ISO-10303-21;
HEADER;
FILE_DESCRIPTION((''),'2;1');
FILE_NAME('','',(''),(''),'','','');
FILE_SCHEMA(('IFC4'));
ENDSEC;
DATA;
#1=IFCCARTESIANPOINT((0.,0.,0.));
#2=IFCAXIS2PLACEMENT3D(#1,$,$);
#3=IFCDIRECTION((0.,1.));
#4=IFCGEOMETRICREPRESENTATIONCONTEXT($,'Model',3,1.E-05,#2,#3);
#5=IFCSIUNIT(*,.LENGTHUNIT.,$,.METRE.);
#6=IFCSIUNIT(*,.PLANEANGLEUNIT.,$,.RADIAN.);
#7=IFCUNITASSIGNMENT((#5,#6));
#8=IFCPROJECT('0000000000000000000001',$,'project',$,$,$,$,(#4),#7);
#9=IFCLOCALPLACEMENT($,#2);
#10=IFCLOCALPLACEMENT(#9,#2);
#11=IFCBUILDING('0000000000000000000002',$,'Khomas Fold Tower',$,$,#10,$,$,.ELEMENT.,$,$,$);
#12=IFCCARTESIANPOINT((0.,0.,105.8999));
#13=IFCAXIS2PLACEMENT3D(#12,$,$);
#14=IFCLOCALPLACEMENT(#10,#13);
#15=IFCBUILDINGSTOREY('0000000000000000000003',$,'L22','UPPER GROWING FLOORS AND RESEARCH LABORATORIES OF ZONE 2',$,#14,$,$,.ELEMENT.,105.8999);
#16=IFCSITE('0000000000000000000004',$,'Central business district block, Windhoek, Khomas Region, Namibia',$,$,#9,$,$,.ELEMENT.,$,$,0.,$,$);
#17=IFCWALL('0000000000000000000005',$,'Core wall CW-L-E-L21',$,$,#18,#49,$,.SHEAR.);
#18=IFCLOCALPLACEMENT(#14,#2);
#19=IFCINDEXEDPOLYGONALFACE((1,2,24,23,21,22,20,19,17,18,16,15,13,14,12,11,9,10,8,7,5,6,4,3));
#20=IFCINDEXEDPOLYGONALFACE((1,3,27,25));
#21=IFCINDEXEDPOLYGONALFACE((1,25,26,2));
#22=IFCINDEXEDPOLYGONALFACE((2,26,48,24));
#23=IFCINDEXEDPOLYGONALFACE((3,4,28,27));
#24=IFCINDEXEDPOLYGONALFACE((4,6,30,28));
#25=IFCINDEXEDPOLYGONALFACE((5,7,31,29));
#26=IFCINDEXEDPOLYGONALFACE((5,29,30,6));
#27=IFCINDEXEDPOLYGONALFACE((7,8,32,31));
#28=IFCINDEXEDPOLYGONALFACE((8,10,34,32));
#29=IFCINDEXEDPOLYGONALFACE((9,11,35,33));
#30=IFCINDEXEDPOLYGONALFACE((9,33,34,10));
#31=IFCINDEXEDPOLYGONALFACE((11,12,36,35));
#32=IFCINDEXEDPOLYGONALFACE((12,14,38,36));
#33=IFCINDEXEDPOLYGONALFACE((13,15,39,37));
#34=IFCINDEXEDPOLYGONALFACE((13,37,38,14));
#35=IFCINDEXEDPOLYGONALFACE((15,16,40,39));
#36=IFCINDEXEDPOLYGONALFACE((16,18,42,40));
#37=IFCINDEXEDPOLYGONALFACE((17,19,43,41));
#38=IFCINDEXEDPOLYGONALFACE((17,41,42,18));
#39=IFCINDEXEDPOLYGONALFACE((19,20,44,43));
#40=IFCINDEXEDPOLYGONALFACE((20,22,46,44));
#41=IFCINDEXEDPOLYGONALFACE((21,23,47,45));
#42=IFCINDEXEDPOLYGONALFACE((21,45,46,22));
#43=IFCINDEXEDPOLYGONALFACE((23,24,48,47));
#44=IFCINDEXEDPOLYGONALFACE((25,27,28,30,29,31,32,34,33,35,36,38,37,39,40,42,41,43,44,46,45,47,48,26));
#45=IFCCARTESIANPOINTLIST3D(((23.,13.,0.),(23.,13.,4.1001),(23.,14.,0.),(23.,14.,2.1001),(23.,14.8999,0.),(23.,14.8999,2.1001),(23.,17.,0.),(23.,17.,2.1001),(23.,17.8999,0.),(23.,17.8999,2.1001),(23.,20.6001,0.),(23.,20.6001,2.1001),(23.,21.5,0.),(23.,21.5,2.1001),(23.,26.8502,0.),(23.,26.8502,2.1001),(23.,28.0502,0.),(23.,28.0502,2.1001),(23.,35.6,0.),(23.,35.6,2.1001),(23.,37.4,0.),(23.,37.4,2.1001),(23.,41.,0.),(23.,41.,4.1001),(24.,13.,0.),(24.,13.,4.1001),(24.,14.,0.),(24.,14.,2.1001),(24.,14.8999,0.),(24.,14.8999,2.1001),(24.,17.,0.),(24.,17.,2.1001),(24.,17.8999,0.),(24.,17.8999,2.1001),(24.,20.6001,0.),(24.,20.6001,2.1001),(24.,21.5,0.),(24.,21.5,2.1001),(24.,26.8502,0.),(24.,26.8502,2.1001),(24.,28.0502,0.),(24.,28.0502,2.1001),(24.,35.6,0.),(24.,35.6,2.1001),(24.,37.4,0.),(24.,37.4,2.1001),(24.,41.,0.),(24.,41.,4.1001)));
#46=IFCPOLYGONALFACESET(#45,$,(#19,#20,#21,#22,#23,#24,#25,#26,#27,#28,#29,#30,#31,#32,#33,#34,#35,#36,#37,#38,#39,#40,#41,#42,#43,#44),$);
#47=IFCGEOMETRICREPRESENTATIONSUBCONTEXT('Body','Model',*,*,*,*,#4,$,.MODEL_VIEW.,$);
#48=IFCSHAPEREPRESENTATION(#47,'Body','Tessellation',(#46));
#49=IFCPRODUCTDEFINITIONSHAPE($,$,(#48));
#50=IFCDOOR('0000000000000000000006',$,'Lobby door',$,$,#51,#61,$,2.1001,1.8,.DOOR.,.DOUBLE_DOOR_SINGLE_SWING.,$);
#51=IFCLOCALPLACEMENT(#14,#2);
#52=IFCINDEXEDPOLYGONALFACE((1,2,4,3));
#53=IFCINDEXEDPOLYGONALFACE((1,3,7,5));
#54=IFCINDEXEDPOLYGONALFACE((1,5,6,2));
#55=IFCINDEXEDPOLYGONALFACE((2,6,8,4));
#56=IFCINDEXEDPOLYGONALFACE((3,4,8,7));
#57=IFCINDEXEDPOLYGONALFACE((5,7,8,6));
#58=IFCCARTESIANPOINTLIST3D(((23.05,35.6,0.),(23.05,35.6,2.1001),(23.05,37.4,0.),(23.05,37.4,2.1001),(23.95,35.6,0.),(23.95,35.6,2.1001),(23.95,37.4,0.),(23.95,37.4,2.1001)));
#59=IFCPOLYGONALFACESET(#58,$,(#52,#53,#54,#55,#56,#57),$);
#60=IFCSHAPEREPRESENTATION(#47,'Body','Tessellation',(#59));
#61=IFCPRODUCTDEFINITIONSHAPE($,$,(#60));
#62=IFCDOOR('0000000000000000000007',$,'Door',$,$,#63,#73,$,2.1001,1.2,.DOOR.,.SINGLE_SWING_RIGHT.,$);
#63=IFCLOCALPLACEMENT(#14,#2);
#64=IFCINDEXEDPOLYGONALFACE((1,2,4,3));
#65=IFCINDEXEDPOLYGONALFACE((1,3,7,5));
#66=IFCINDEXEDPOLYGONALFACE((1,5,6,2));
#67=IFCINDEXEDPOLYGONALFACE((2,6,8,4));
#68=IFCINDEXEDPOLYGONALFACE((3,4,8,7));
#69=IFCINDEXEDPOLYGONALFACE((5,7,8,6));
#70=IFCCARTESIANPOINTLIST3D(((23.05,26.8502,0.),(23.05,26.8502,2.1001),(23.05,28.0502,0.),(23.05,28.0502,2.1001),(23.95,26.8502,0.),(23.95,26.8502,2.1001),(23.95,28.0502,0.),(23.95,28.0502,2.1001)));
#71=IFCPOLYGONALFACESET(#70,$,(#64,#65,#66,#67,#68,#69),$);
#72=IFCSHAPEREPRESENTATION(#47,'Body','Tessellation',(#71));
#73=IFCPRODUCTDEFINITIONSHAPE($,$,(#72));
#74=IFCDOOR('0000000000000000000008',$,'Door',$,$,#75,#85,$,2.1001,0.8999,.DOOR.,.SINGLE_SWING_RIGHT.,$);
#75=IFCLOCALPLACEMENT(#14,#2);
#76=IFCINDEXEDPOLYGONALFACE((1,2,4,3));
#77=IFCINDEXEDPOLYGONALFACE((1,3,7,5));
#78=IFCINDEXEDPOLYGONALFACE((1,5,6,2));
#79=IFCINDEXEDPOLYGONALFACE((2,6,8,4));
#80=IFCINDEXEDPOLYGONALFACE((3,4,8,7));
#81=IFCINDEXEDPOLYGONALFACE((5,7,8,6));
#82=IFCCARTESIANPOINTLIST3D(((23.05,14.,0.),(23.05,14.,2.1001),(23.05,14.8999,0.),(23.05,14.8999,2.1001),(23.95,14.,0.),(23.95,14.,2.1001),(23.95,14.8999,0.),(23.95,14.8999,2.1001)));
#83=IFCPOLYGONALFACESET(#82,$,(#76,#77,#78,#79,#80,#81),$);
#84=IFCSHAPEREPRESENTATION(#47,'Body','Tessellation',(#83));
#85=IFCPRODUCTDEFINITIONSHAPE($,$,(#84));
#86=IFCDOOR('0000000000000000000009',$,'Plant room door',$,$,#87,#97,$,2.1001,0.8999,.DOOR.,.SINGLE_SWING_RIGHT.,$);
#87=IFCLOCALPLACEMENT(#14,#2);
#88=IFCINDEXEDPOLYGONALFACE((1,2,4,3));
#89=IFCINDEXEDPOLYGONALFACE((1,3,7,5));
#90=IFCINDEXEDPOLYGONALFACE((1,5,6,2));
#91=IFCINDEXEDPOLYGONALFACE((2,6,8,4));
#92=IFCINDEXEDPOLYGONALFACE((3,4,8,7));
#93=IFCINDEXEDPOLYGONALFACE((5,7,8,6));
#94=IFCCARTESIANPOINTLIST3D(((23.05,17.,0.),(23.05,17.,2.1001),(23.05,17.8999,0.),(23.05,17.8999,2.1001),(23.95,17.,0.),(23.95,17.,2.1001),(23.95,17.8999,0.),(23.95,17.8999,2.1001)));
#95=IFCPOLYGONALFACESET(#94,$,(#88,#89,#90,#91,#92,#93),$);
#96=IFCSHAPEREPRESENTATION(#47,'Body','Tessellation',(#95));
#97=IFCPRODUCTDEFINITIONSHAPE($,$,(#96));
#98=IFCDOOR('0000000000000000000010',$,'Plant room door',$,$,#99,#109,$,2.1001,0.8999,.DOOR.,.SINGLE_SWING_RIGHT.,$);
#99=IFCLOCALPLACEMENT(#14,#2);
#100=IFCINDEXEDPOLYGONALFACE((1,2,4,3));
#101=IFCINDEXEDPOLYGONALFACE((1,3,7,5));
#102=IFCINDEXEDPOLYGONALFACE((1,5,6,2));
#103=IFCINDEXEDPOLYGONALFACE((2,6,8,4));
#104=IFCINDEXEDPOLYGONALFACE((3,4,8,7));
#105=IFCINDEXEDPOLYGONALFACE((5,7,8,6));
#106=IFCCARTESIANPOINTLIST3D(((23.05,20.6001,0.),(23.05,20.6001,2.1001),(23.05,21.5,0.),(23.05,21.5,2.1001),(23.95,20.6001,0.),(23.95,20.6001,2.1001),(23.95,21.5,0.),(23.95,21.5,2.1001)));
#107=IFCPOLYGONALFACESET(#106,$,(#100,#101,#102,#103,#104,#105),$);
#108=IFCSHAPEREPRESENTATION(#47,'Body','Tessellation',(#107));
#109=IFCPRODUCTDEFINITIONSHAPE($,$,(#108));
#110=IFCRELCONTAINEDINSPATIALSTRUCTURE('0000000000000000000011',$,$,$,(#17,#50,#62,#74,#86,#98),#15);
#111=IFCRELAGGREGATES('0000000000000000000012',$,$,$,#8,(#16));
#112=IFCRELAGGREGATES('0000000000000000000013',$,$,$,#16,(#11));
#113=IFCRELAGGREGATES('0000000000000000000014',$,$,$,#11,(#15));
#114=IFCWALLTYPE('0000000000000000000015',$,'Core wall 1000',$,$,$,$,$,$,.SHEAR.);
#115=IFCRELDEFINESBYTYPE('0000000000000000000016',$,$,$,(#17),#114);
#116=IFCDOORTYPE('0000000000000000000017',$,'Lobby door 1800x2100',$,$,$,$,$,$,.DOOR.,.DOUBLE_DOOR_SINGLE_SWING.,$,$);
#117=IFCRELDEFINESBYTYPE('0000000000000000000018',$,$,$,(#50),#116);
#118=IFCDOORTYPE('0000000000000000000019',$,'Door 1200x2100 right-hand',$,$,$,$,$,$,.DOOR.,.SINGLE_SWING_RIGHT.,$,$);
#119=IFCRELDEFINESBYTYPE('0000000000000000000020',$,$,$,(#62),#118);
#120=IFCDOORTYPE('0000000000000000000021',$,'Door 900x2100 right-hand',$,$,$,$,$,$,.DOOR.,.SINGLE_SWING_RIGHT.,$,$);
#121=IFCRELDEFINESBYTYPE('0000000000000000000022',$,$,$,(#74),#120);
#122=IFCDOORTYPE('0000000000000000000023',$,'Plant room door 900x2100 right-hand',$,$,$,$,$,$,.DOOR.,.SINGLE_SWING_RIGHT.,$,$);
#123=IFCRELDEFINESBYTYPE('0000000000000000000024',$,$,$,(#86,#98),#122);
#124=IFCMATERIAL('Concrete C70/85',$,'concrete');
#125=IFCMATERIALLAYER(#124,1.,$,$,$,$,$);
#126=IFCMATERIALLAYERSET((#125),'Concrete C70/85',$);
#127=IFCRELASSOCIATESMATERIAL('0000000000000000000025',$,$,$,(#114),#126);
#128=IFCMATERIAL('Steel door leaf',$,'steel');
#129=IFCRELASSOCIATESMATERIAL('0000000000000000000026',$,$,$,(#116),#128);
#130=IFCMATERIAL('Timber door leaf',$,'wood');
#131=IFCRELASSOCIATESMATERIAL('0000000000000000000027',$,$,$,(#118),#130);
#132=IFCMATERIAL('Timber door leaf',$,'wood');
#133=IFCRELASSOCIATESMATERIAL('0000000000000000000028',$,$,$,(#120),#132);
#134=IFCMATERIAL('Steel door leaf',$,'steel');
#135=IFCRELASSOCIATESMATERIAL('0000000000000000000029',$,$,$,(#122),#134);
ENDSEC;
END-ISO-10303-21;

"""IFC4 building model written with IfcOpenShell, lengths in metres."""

from ifc_helpers import new_model, si_unit, direction, frame, frame_2d, origin, place, context, subcontext, project, spatial, rectangle, extrude, source, transform, mapped, material, layer, layer_set, type_object, element, fill, save


model = new_model("IFC4")

# Units and contexts
model_context = context("Model", 3, precision=1e-05, world=origin(), true_north=direction((0.0, 1.0)))
body_context = subcontext(model_context, "Body", "Model", "MODEL_VIEW")
ifc_project = project(units=[si_unit("LENGTHUNIT", "METRE"), si_unit("PLANEANGLEUNIT", "RADIAN")], contexts=[model_context])

# Site, building, storey
site_placement = place(None, origin())
site = spatial("IfcSite", under=ifc_project, at=site_placement, Name="Central business district block, Windhoek, Khomas Region, Namibia", CompositionType="ELEMENT", RefElevation=0.0)
building_placement = place(site_placement, origin())
building = spatial("IfcBuilding", under=site, at=building_placement, Name="Khomas Fold Tower", CompositionType="ELEMENT")
storey_placement = place(building_placement, frame((0.0, 0.0, 105.8999)))
storey = spatial("IfcBuildingStorey", under=building, at=storey_placement, Name="L22", Description="UPPER GROWING FLOORS AND RESEARCH LABORATORIES OF ZONE 2", CompositionType="ELEMENT", Elevation=105.8999)

# Shared definitions
ifc_material_1 = material(Name="Concrete C70/85", Category="concrete")
ifc_layer_1 = layer(ifc_material_1, 1.0)
ifc_layer_set_1 = layer_set([ifc_layer_1], Name="Concrete C70/85")
wall_type_1 = type_object("IfcWallType", Name="Core wall 1000", PredefinedType="SHEAR", material=ifc_layer_set_1)

# Wall, openings, doors
shared_shape_1 = source(origin(), body_context, "Body", "SweptSolid", [
    extrude(rectangle(XDim=28.0, YDim=1.0, at=frame_2d((14.0, 0.0))), origin(), (0.0, 0.0, 1.0), 4.1001),
])
wall_1_placement = place(storey_placement, frame((23.5, 13.0, 0.0), z_axis=(0.0, 0.0, 1.0), x_axis=(0.0, 1.0, 0.0)))
wall_1 = element("IfcWall", 1, at=wall_1_placement, inside=storey, type_object=wall_type_1, Name="Core wall CW-L-E-L21", PredefinedType="SHEAR", context=body_context, shape_type="MappedRepresentation", body=[
    mapped(shared_shape_1, transform((0.0, 0.0, 0.0))),
])
shared_shape_2 = source(origin(), body_context, "Body", "SweptSolid", [
    extrude(rectangle(XDim=1.8, YDim=2.1001, at=frame_2d((0.8999, 1.05))), frame((0.0, 0.51, 0.0), z_axis=(0.0, -1.0, 0.0), x_axis=(1.0, 0.0, 0.0)), (0.0, 0.0, 1.0), 1.02),
])
opening_1_placement = place(wall_1_placement, frame((22.6001, 0.0, 0.0)))
opening_1 = element("IfcOpeningElement", 2, at=opening_1_placement, cuts=wall_1, PredefinedType="OPENING", context=body_context, shape_type="MappedRepresentation", body=[
    mapped(shared_shape_2, transform((0.0, 0.0, 0.0))),
])
shared_shape_3 = source(origin(), body_context, "Body", "SweptSolid", [
    extrude(rectangle(XDim=1.2, YDim=2.1001, at=frame_2d((0.6001, 1.05))), frame((0.0, 0.51, 0.0), z_axis=(0.0, -1.0, 0.0), x_axis=(1.0, 0.0, 0.0)), (0.0, 0.0, 1.0), 1.02),
])
opening_2_placement = place(wall_1_placement, frame((13.8501, 0.0, 0.0)))
opening_2 = element("IfcOpeningElement", 3, at=opening_2_placement, cuts=wall_1, PredefinedType="OPENING", context=body_context, shape_type="MappedRepresentation", body=[
    mapped(shared_shape_3, transform((0.0, 0.0, 0.0))),
])
shared_shape_4 = source(origin(), body_context, "Body", "SweptSolid", [
    extrude(rectangle(XDim=0.8999, YDim=2.1001, at=frame_2d((0.45, 1.05))), frame((0.0, 0.51, 0.0), z_axis=(0.0, -1.0, 0.0), x_axis=(1.0, 0.0, 0.0)), (0.0, 0.0, 1.0), 1.02),
])
opening_3_placement = place(wall_1_placement, frame((1.0, 0.0, 0.0)))
opening_3 = element("IfcOpeningElement", 4, at=opening_3_placement, cuts=wall_1, PredefinedType="OPENING", context=body_context, shape_type="MappedRepresentation", body=[
    mapped(shared_shape_4, transform((0.0, 0.0, 0.0))),
])
opening_4_placement = place(wall_1_placement, frame((4.0, 0.0, 0.0)))
opening_4 = element("IfcOpeningElement", 5, at=opening_4_placement, cuts=wall_1, PredefinedType="OPENING", context=body_context, shape_type="MappedRepresentation", body=[
    mapped(shared_shape_4, transform((0.0, 0.0, 0.0))),
])
opening_5_placement = place(wall_1_placement, frame((7.6001, 0.0, 0.0)))
opening_5 = element("IfcOpeningElement", 6, at=opening_5_placement, cuts=wall_1, PredefinedType="OPENING", context=body_context, shape_type="MappedRepresentation", body=[
    mapped(shared_shape_4, transform((0.0, 0.0, 0.0))),
])
ifc_material_2 = material(Name="Steel door leaf", Category="steel")
door_type_1 = type_object("IfcDoorType", Name="Lobby door 1800x2100", OperationType="DOUBLE_DOOR_SINGLE_SWING", PredefinedType="DOOR", material=ifc_material_2)
shared_shape_5 = source(origin(), body_context, "Body", "SweptSolid", [
    extrude(rectangle(XDim=1.8, YDim=2.1001, at=frame_2d((0.8999, 1.05))), frame((0.0, 0.45, 0.0), z_axis=(0.0, -1.0, 0.0), x_axis=(1.0, 0.0, 0.0)), (0.0, 0.0, 1.0), 0.8999),
])
door_1_placement = place(opening_1_placement, origin())
door_1 = element("IfcDoor", 7, at=door_1_placement, inside=storey, type_object=door_type_1, Name="Lobby door", OperationType="DOUBLE_DOOR_SINGLE_SWING", OverallHeight=2.1001, OverallWidth=1.8, PredefinedType="DOOR", context=body_context, shape_type="MappedRepresentation", body=[
    mapped(shared_shape_5, transform((0.0, 0.0, 0.0))),
])
fill(opening_1, door_1)
ifc_material_3 = material(Name="Timber door leaf", Category="wood")
door_type_2 = type_object("IfcDoorType", Name="Door 1200x2100 right-hand", OperationType="SINGLE_SWING_RIGHT", PredefinedType="DOOR", material=ifc_material_3)
shared_shape_6 = source(origin(), body_context, "Body", "SweptSolid", [
    extrude(rectangle(XDim=1.2, YDim=2.1001, at=frame_2d((0.6001, 1.05))), frame((0.0, 0.45, 0.0), z_axis=(0.0, -1.0, 0.0), x_axis=(1.0, 0.0, 0.0)), (0.0, 0.0, 1.0), 0.8999),
])
door_2_placement = place(opening_2_placement, origin())
door_2 = element("IfcDoor", 8, at=door_2_placement, inside=storey, type_object=door_type_2, Name="Door", OperationType="SINGLE_SWING_RIGHT", OverallHeight=2.1001, OverallWidth=1.2, PredefinedType="DOOR", context=body_context, shape_type="MappedRepresentation", body=[
    mapped(shared_shape_6, transform((0.0, 0.0, 0.0))),
])
fill(opening_2, door_2)
ifc_material_4 = material(Name="Timber door leaf", Category="wood")
door_type_3 = type_object("IfcDoorType", Name="Door 900x2100 right-hand", OperationType="SINGLE_SWING_RIGHT", PredefinedType="DOOR", material=ifc_material_4)
shared_shape_7 = source(origin(), body_context, "Body", "SweptSolid", [
    extrude(rectangle(XDim=0.8999, YDim=2.1001, at=frame_2d((0.45, 1.05))), frame((0.0, 0.45, 0.0), z_axis=(0.0, -1.0, 0.0), x_axis=(1.0, 0.0, 0.0)), (0.0, 0.0, 1.0), 0.8999),
])
door_3_placement = place(opening_3_placement, origin())
door_3 = element("IfcDoor", 9, at=door_3_placement, inside=storey, type_object=door_type_3, Name="Door", OperationType="SINGLE_SWING_RIGHT", OverallHeight=2.1001, OverallWidth=0.8999, PredefinedType="DOOR", context=body_context, shape_type="MappedRepresentation", body=[
    mapped(shared_shape_7, transform((0.0, 0.0, 0.0))),
])
fill(opening_3, door_3)
ifc_material_5 = material(Name="Steel door leaf", Category="steel")
door_type_4 = type_object("IfcDoorType", Name="Plant room door 900x2100 right-hand", OperationType="SINGLE_SWING_RIGHT", PredefinedType="DOOR", material=ifc_material_5)
door_4_placement = place(opening_4_placement, origin())
door_4 = element("IfcDoor", 10, at=door_4_placement, inside=storey, type_object=door_type_4, Name="Plant room door", OperationType="SINGLE_SWING_RIGHT", OverallHeight=2.1001, OverallWidth=0.8999, PredefinedType="DOOR", context=body_context, shape_type="MappedRepresentation", body=[
    mapped(shared_shape_7, transform((0.0, 0.0, 0.0))),
])
fill(opening_4, door_4)
door_5_placement = place(opening_5_placement, origin())
door_5 = element("IfcDoor", 11, at=door_5_placement, inside=storey, type_object=door_type_4, Name="Plant room door", OperationType="SINGLE_SWING_RIGHT", OverallHeight=2.1001, OverallWidth=0.8999, PredefinedType="DOOR", context=body_context, shape_type="MappedRepresentation", body=[
    mapped(shared_shape_7, transform((0.0, 0.0, 0.0))),
])
fill(opening_5, door_5)

save(model, "model.ifc")
